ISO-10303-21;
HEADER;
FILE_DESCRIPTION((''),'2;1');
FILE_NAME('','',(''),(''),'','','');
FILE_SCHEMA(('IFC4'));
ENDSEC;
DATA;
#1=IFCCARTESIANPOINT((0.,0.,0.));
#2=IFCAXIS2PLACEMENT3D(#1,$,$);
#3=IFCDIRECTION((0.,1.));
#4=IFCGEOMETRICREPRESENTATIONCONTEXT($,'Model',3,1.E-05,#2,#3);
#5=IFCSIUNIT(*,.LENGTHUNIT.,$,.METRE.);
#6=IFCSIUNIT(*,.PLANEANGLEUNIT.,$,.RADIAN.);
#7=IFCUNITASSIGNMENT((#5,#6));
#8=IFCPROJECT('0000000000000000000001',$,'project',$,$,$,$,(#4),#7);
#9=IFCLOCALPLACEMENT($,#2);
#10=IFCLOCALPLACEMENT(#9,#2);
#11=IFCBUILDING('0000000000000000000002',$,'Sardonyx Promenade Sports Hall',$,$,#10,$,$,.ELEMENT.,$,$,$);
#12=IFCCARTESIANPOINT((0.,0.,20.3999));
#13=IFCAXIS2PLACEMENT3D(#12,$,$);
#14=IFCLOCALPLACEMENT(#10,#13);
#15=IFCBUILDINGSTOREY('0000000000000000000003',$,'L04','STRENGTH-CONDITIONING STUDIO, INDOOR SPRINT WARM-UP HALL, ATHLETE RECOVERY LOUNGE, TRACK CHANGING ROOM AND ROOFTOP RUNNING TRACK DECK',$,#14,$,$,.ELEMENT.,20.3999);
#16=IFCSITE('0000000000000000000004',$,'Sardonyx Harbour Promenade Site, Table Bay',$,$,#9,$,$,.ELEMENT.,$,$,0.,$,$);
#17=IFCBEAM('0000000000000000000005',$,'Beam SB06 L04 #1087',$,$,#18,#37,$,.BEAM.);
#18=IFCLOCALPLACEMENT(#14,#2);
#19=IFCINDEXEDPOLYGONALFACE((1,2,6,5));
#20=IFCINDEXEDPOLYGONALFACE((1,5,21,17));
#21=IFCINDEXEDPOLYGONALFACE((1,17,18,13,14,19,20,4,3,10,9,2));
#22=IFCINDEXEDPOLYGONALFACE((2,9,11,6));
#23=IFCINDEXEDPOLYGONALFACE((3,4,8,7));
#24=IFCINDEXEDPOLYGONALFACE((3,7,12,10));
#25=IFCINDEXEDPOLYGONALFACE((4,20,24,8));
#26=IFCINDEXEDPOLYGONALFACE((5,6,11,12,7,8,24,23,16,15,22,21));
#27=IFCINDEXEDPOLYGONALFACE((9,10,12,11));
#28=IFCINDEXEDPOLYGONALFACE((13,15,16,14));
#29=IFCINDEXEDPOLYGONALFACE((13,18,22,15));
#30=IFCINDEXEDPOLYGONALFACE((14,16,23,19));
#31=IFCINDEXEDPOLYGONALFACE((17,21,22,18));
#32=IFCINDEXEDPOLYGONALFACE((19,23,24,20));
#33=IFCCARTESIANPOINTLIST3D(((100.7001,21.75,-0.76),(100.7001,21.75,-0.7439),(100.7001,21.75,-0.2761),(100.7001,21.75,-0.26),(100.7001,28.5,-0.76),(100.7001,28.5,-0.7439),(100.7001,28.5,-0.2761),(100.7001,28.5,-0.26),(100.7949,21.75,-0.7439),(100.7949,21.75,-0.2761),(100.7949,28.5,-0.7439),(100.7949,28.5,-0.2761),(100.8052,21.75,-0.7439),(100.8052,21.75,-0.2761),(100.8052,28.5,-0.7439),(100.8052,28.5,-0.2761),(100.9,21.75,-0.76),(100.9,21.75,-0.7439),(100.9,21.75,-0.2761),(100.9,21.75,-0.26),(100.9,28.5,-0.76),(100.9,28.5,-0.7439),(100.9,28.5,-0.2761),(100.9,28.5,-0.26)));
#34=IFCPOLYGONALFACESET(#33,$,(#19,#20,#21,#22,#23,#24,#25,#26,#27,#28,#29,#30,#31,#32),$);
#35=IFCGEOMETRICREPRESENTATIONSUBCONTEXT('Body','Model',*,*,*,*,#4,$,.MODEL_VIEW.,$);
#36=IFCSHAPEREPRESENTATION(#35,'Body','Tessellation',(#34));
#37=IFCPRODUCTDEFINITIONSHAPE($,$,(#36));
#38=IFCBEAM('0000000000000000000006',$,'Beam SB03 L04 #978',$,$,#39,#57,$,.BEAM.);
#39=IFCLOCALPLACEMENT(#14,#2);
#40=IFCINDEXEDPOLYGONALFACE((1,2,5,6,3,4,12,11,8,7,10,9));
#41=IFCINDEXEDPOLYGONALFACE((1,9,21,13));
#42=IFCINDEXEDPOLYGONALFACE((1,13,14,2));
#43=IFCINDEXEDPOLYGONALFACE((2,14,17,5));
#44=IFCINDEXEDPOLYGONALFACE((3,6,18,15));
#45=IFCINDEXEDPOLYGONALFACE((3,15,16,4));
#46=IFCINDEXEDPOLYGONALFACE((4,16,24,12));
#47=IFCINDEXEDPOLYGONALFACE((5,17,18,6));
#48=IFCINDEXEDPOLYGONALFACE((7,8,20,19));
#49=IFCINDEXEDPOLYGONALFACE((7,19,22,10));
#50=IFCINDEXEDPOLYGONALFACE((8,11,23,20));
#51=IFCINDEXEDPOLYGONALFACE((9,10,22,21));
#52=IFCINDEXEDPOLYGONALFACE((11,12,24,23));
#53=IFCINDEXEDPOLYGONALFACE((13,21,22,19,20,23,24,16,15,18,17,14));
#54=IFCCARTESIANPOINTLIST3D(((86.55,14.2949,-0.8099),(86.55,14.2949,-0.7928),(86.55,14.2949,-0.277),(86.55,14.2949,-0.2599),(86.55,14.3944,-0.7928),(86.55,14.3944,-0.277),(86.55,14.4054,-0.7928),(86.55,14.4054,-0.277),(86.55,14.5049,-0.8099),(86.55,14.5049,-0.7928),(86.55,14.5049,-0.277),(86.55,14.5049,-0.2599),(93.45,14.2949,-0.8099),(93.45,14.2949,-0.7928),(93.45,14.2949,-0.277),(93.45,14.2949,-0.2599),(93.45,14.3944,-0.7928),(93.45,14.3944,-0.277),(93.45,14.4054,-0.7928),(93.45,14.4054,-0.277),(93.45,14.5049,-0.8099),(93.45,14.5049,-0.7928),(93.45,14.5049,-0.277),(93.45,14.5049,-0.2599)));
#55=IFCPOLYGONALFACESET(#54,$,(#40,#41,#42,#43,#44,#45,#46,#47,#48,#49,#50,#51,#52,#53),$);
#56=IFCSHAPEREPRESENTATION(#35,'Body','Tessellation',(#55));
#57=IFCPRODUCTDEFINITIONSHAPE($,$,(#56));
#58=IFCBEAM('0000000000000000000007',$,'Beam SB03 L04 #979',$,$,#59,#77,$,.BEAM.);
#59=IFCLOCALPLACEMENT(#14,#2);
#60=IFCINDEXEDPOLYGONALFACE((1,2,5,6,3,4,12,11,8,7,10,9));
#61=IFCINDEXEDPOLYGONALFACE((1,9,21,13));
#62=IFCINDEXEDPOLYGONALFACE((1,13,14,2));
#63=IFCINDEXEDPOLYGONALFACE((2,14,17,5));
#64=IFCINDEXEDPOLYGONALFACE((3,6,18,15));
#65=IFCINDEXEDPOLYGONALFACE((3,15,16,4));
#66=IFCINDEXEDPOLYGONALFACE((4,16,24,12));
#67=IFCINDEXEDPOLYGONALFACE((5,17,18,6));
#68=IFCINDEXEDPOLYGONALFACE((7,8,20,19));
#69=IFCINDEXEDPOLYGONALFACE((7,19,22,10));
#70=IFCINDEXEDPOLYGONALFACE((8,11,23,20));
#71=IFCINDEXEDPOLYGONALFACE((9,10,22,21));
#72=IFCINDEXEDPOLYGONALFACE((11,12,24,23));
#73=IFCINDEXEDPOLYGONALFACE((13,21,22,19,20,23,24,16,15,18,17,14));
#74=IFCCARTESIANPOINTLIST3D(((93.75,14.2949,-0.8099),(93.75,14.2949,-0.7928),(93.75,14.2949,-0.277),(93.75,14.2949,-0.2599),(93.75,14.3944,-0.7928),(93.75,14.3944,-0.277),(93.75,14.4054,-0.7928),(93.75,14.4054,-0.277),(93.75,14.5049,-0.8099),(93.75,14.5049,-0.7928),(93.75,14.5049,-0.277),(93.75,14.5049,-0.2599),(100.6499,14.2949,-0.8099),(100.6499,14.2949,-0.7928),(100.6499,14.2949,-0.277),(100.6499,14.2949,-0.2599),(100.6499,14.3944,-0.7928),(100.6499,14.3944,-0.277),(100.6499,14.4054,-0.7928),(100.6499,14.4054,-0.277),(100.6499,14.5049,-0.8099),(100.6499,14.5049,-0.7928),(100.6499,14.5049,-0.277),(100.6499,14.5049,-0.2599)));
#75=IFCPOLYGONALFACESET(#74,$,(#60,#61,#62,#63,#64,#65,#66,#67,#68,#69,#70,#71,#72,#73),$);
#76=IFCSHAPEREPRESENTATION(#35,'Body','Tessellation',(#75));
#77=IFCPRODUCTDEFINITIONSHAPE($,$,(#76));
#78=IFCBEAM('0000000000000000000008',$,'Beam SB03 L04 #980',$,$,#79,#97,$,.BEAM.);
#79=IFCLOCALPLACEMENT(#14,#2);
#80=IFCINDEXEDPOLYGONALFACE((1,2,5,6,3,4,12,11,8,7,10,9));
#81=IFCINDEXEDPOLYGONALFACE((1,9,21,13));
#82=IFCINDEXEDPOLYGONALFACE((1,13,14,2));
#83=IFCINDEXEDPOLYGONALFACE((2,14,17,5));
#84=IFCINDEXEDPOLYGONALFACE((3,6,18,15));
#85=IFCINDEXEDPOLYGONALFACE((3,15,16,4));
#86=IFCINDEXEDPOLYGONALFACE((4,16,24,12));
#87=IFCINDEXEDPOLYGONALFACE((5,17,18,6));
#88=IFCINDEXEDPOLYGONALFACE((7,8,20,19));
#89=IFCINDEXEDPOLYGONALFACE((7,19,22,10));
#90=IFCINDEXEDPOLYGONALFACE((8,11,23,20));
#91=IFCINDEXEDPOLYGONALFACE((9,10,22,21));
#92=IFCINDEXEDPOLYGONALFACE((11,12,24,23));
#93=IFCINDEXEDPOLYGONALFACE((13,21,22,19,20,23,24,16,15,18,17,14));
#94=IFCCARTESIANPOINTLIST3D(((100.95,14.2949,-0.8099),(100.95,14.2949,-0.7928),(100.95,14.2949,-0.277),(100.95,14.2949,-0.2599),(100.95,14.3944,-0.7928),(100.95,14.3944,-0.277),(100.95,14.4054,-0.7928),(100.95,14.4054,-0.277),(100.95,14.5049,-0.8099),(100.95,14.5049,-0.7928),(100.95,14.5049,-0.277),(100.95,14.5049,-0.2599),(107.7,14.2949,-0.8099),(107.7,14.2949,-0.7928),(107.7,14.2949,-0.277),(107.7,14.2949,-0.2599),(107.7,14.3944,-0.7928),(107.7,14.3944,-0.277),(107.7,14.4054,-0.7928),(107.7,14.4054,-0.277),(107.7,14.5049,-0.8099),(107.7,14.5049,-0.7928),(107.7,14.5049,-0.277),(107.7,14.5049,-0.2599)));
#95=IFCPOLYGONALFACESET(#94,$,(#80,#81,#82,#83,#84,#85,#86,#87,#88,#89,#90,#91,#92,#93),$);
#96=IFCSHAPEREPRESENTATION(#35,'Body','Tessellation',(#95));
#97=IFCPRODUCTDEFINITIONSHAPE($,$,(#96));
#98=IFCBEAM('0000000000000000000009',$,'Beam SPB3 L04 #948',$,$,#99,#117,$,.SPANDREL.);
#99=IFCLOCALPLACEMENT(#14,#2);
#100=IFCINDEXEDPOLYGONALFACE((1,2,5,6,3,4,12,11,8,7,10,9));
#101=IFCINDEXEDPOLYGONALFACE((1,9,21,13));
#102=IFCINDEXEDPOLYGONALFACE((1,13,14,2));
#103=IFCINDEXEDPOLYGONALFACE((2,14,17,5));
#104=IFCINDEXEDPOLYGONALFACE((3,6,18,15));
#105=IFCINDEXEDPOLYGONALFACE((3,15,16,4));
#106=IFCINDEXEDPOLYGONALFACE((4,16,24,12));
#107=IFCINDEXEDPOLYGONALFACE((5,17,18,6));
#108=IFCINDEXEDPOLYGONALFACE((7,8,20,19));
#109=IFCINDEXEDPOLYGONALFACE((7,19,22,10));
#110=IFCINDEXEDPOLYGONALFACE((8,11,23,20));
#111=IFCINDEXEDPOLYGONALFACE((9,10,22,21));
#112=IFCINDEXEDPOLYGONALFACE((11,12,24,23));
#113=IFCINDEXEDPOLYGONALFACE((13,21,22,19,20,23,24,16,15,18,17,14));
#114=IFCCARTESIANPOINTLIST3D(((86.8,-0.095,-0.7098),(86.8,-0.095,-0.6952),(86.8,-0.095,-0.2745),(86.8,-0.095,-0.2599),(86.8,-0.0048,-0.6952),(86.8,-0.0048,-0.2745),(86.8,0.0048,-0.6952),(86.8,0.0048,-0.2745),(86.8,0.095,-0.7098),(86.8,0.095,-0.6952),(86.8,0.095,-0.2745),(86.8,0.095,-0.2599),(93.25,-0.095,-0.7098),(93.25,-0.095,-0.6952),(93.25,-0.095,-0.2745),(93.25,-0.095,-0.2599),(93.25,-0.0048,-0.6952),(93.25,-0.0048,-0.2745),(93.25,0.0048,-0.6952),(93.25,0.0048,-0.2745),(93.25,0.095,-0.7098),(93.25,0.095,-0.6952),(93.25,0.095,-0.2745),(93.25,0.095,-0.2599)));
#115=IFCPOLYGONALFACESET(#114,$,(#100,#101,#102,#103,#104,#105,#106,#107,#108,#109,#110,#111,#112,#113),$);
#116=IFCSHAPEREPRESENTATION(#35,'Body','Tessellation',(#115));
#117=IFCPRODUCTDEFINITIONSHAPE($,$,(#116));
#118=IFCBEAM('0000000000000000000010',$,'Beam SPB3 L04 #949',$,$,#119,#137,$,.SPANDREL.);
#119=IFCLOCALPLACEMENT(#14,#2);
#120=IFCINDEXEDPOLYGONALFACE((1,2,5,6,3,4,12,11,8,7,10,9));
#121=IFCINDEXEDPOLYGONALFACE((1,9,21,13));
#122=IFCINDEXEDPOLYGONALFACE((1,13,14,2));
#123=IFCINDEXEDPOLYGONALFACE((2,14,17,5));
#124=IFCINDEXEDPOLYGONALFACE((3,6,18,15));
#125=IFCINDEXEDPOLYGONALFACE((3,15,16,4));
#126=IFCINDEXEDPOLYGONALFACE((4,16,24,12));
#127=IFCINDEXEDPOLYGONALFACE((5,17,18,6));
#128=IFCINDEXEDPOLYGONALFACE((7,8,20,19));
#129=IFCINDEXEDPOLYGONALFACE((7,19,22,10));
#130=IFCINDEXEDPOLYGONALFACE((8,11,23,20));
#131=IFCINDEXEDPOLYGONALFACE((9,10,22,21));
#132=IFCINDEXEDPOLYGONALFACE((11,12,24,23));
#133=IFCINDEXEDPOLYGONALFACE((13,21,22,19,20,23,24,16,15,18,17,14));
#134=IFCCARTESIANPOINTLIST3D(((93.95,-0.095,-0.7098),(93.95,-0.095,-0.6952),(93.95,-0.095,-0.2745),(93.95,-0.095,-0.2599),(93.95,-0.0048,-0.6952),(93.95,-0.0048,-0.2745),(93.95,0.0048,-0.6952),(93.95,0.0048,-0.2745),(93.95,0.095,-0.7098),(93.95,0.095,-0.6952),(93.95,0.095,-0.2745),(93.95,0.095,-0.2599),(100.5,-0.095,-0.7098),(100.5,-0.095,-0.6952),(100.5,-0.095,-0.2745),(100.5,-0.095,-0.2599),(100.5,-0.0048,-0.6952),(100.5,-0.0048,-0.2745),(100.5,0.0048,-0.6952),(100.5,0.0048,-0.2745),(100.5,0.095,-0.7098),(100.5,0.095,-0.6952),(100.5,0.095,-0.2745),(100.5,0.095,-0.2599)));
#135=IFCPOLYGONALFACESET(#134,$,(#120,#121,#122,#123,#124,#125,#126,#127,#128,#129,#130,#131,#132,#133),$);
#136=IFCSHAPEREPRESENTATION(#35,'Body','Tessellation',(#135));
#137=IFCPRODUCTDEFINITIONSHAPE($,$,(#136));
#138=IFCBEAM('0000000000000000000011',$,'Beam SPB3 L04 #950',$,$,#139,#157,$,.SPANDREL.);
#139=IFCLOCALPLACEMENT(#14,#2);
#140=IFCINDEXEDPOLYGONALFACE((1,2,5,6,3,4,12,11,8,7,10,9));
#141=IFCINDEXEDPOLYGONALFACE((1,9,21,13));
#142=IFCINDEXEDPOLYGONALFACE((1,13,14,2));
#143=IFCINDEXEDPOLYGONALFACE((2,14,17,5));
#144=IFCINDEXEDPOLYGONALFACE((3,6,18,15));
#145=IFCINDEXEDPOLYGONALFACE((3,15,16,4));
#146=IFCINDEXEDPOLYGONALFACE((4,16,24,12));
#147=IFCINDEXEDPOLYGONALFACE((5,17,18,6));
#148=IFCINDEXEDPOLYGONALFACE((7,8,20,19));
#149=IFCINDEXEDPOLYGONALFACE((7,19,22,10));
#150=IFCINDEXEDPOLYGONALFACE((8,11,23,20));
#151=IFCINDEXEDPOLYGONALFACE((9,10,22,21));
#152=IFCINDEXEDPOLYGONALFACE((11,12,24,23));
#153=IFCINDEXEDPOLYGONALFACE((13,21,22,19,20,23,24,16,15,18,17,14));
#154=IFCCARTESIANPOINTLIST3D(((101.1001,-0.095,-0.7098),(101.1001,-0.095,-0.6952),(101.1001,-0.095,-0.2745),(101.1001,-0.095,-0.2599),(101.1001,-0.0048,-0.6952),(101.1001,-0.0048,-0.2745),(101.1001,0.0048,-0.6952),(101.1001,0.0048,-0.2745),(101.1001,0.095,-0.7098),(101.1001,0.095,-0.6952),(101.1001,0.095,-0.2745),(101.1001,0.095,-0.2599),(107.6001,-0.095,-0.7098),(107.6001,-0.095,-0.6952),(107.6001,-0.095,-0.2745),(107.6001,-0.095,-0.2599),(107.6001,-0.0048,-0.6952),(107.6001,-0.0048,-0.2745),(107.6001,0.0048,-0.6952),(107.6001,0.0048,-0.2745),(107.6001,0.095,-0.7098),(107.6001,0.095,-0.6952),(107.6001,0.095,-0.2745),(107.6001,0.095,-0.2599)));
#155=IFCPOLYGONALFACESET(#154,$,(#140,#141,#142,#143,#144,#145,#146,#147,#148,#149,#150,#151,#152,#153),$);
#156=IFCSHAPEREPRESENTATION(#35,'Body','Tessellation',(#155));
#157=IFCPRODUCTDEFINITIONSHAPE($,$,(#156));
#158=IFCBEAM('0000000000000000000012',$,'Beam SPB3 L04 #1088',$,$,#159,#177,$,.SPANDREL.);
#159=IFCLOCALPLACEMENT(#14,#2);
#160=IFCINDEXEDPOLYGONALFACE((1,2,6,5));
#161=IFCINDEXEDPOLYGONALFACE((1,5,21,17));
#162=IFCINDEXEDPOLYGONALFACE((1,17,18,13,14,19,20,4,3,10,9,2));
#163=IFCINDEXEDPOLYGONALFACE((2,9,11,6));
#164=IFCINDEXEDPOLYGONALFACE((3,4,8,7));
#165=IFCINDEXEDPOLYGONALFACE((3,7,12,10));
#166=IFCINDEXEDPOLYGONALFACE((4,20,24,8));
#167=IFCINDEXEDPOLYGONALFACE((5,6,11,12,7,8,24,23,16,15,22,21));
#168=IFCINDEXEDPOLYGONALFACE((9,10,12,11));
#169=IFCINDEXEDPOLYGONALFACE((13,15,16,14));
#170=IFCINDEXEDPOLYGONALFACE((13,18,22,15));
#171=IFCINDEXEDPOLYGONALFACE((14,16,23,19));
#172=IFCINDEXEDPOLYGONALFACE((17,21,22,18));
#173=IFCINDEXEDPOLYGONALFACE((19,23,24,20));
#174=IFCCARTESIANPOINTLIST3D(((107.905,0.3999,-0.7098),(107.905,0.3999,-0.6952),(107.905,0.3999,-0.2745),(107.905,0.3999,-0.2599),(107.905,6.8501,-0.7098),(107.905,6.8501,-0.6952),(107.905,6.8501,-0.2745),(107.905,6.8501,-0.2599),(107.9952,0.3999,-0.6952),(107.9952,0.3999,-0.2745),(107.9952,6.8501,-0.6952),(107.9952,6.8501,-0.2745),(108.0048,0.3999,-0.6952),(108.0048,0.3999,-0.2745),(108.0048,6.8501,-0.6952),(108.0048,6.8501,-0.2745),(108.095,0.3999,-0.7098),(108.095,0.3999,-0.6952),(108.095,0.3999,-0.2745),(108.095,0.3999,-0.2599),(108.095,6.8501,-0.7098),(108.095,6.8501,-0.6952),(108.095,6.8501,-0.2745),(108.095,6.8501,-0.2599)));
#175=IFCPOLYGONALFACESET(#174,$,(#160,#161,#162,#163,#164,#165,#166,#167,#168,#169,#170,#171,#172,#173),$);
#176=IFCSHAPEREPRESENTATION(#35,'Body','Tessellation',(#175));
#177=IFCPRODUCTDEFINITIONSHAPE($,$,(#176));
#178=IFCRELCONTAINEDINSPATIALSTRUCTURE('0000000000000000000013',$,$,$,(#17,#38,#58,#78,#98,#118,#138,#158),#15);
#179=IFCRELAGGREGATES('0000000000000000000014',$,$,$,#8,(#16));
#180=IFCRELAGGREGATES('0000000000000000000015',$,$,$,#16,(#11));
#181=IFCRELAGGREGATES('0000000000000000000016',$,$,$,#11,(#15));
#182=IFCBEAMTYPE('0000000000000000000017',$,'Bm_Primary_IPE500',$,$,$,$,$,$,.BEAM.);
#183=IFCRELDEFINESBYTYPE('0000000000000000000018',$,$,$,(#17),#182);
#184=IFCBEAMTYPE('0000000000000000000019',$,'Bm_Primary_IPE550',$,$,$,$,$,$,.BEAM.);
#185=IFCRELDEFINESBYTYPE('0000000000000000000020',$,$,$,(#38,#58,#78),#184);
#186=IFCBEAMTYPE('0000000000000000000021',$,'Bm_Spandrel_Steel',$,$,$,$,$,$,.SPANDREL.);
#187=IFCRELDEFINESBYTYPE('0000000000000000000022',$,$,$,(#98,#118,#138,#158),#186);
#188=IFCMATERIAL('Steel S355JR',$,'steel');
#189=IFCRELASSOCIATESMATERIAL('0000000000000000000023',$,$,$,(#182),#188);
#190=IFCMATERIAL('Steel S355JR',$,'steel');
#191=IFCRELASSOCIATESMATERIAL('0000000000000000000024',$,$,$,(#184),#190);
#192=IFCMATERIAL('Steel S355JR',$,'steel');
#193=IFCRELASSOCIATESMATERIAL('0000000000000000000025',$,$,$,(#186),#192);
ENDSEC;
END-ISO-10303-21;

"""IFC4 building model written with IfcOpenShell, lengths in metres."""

from ifc_helpers import new_model, si_unit, direction, frame, origin, origin_2d, place, context, subcontext, project, spatial, i_section, extrude, material, material_profile, profile_set, type_object, element, save


model = new_model("IFC4")

# Units and contexts
model_context = context("Model", 3, precision=1e-05, world=origin(), true_north=direction((0.0, 1.0)))
body_context = subcontext(model_context, "Body", "Model", "MODEL_VIEW")
ifc_project = project(units=[si_unit("LENGTHUNIT", "METRE"), si_unit("PLANEANGLEUNIT", "RADIAN")], contexts=[model_context])

# Site, building, storey
site_placement = place(None, origin())
site = spatial("IfcSite", under=ifc_project, at=site_placement, Name="Sardonyx Harbour Promenade Site, Table Bay", CompositionType="ELEMENT", RefElevation=0.0)
building_placement = place(site_placement, origin())
building = spatial("IfcBuilding", under=site, at=building_placement, Name="Sardonyx Promenade Sports Hall", CompositionType="ELEMENT")
storey_placement = place(building_placement, frame((0.0, 0.0, 20.3999)))
storey = spatial("IfcBuildingStorey", under=building, at=storey_placement, Name="L04", Description="STRENGTH-CONDITIONING STUDIO, INDOOR SPRINT WARM-UP HALL, ATHLETE RECOVERY LOUNGE, TRACK CHANGING ROOM AND ROOFTOP RUNNING TRACK DECK", CompositionType="ELEMENT", Elevation=20.3999)

# Beams
ifc_material_1 = material(Name="Steel S355JR", Category="steel")
ifc_material_profile_1 = material_profile(ifc_material_1, i_section(OverallWidth=0.2, OverallDepth=0.5, WebThickness=0.0103, FlangeThickness=0.0161, at=origin_2d()))
ifc_profile_set_1 = profile_set([ifc_material_profile_1], Name="Steel S355JR")
beam_type_1 = type_object("IfcBeamType", Name="Bm_Primary_IPE500", PredefinedType="BEAM", material=ifc_profile_set_1)
beam_1_placement = place(storey_placement, frame((100.8, 21.75, -0.51), z_axis=(0.0, 1.0, 0.0), x_axis=(-1.0, 0.0, 0.0)))
element("IfcBeam", 1, at=beam_1_placement, inside=storey, type_object=beam_type_1, Name="Beam SB06 L04 #1087", PredefinedType="BEAM", context=body_context, shape_type="SweptSolid", body=[
    extrude(i_section(OverallWidth=0.2, OverallDepth=0.5, WebThickness=0.0103, FlangeThickness=0.0161, at=origin_2d()), origin(), (0.0, 0.0, 1.0), 6.75),
])
ifc_material_2 = material(Name="Steel S355JR", Category="steel")
ifc_material_profile_2 = material_profile(ifc_material_2, i_section(OverallWidth=0.21, OverallDepth=0.55, WebThickness=0.011, FlangeThickness=0.0171, at=origin_2d()))
ifc_profile_set_2 = profile_set([ifc_material_profile_2], Name="Steel S355JR")
beam_type_2 = type_object("IfcBeamType", Name="Bm_Primary_IPE550", PredefinedType="BEAM", material=ifc_profile_set_2)
for number, where, z_axis, x_axis, name in (
    (2, (86.55, 14.3999, -0.5349), (1.0, 0.0, 0.0), (0.0, 1.0, 0.0), "Beam SB03 L04 #978"),
    (3, (93.75, 14.3999, -0.5349), (1.0, 0.0, 0.0), (0.0, 1.0, 0.0), "Beam SB03 L04 #979"),
):
    element("IfcBeam", number, at=place(storey_placement, frame(where, z_axis=z_axis, x_axis=x_axis)), inside=storey, type_object=beam_type_2, Name=name, PredefinedType="BEAM", context=body_context, shape_type="SweptSolid", body=[
        extrude(i_section(OverallWidth=0.21, OverallDepth=0.55, WebThickness=0.011, FlangeThickness=0.0171, at=origin_2d()), origin(), (0.0, 0.0, 1.0), 6.8999),
    ])
beam_2_placement = place(storey_placement, frame((100.95, 14.3999, -0.5349), z_axis=(1.0, 0.0, 0.0), x_axis=(0.0, 1.0, 0.0)))
element("IfcBeam", 4, at=beam_2_placement, inside=storey, type_object=beam_type_2, Name="Beam SB03 L04 #980", PredefinedType="BEAM", context=body_context, shape_type="SweptSolid", body=[
    extrude(i_section(OverallWidth=0.21, OverallDepth=0.55, WebThickness=0.011, FlangeThickness=0.0171, at=origin_2d()), origin(), (0.0, 0.0, 1.0), 6.75),
])
ifc_material_3 = material(Name="Steel S355JR", Category="steel")
ifc_material_profile_3 = material_profile(ifc_material_3, i_section(OverallWidth=0.1899, OverallDepth=0.45, WebThickness=0.0095, FlangeThickness=0.0146, at=origin_2d()))
ifc_profile_set_3 = profile_set([ifc_material_profile_3], Name="Steel S355JR")
beam_type_3 = type_object("IfcBeamType", Name="Bm_Spandrel_Steel", PredefinedType="SPANDREL", material=ifc_profile_set_3)
beam_3_placement = place(storey_placement, frame((86.8, 0.0, -0.4849), z_axis=(1.0, 0.0, 0.0), x_axis=(0.0, 1.0, 0.0)))
element("IfcBeam", 5, at=beam_3_placement, inside=storey, type_object=beam_type_3, Name="Beam SPB3 L04 #948", PredefinedType="SPANDREL", context=body_context, shape_type="SweptSolid", body=[
    extrude(i_section(OverallWidth=0.1899, OverallDepth=0.45, WebThickness=0.0095, FlangeThickness=0.0146, at=origin_2d()), origin(), (0.0, 0.0, 1.0), 6.45),
])
beam_4_placement = place(storey_placement, frame((93.95, 0.0, -0.4849), z_axis=(1.0, 0.0, 0.0), x_axis=(0.0, 1.0, 0.0)))
element("IfcBeam", 6, at=beam_4_placement, inside=storey, type_object=beam_type_3, Name="Beam SPB3 L04 #949", PredefinedType="SPANDREL", context=body_context, shape_type="SweptSolid", body=[
    extrude(i_section(OverallWidth=0.1899, OverallDepth=0.45, WebThickness=0.0095, FlangeThickness=0.0146, at=origin_2d()), origin(), (0.0, 0.0, 1.0), 6.55),
])
beam_5_placement = place(storey_placement, frame((101.1001, 0.0, -0.4849), z_axis=(1.0, 0.0, 0.0), x_axis=(0.0, 1.0, 0.0)))
element("IfcBeam", 7, at=beam_5_placement, inside=storey, type_object=beam_type_3, Name="Beam SPB3 L04 #950", PredefinedType="SPANDREL", context=body_context, shape_type="SweptSolid", body=[
    extrude(i_section(OverallWidth=0.1899, OverallDepth=0.45, WebThickness=0.0095, FlangeThickness=0.0146, at=origin_2d()), origin(), (0.0, 0.0, 1.0), 6.5),
])
beam_6_placement = place(storey_placement, frame((108.0, 0.3999, -0.4849), z_axis=(0.0, 1.0, 0.0), x_axis=(-1.0, 0.0, 0.0)))
element("IfcBeam", 8, at=beam_6_placement, inside=storey, type_object=beam_type_3, Name="Beam SPB3 L04 #1088", PredefinedType="SPANDREL", context=body_context, shape_type="SweptSolid", body=[
    extrude(i_section(OverallWidth=0.1899, OverallDepth=0.45, WebThickness=0.0095, FlangeThickness=0.0146, at=origin_2d()), origin(), (0.0, 0.0, 1.0), 6.4502),
])

save(model, "model.ifc")
